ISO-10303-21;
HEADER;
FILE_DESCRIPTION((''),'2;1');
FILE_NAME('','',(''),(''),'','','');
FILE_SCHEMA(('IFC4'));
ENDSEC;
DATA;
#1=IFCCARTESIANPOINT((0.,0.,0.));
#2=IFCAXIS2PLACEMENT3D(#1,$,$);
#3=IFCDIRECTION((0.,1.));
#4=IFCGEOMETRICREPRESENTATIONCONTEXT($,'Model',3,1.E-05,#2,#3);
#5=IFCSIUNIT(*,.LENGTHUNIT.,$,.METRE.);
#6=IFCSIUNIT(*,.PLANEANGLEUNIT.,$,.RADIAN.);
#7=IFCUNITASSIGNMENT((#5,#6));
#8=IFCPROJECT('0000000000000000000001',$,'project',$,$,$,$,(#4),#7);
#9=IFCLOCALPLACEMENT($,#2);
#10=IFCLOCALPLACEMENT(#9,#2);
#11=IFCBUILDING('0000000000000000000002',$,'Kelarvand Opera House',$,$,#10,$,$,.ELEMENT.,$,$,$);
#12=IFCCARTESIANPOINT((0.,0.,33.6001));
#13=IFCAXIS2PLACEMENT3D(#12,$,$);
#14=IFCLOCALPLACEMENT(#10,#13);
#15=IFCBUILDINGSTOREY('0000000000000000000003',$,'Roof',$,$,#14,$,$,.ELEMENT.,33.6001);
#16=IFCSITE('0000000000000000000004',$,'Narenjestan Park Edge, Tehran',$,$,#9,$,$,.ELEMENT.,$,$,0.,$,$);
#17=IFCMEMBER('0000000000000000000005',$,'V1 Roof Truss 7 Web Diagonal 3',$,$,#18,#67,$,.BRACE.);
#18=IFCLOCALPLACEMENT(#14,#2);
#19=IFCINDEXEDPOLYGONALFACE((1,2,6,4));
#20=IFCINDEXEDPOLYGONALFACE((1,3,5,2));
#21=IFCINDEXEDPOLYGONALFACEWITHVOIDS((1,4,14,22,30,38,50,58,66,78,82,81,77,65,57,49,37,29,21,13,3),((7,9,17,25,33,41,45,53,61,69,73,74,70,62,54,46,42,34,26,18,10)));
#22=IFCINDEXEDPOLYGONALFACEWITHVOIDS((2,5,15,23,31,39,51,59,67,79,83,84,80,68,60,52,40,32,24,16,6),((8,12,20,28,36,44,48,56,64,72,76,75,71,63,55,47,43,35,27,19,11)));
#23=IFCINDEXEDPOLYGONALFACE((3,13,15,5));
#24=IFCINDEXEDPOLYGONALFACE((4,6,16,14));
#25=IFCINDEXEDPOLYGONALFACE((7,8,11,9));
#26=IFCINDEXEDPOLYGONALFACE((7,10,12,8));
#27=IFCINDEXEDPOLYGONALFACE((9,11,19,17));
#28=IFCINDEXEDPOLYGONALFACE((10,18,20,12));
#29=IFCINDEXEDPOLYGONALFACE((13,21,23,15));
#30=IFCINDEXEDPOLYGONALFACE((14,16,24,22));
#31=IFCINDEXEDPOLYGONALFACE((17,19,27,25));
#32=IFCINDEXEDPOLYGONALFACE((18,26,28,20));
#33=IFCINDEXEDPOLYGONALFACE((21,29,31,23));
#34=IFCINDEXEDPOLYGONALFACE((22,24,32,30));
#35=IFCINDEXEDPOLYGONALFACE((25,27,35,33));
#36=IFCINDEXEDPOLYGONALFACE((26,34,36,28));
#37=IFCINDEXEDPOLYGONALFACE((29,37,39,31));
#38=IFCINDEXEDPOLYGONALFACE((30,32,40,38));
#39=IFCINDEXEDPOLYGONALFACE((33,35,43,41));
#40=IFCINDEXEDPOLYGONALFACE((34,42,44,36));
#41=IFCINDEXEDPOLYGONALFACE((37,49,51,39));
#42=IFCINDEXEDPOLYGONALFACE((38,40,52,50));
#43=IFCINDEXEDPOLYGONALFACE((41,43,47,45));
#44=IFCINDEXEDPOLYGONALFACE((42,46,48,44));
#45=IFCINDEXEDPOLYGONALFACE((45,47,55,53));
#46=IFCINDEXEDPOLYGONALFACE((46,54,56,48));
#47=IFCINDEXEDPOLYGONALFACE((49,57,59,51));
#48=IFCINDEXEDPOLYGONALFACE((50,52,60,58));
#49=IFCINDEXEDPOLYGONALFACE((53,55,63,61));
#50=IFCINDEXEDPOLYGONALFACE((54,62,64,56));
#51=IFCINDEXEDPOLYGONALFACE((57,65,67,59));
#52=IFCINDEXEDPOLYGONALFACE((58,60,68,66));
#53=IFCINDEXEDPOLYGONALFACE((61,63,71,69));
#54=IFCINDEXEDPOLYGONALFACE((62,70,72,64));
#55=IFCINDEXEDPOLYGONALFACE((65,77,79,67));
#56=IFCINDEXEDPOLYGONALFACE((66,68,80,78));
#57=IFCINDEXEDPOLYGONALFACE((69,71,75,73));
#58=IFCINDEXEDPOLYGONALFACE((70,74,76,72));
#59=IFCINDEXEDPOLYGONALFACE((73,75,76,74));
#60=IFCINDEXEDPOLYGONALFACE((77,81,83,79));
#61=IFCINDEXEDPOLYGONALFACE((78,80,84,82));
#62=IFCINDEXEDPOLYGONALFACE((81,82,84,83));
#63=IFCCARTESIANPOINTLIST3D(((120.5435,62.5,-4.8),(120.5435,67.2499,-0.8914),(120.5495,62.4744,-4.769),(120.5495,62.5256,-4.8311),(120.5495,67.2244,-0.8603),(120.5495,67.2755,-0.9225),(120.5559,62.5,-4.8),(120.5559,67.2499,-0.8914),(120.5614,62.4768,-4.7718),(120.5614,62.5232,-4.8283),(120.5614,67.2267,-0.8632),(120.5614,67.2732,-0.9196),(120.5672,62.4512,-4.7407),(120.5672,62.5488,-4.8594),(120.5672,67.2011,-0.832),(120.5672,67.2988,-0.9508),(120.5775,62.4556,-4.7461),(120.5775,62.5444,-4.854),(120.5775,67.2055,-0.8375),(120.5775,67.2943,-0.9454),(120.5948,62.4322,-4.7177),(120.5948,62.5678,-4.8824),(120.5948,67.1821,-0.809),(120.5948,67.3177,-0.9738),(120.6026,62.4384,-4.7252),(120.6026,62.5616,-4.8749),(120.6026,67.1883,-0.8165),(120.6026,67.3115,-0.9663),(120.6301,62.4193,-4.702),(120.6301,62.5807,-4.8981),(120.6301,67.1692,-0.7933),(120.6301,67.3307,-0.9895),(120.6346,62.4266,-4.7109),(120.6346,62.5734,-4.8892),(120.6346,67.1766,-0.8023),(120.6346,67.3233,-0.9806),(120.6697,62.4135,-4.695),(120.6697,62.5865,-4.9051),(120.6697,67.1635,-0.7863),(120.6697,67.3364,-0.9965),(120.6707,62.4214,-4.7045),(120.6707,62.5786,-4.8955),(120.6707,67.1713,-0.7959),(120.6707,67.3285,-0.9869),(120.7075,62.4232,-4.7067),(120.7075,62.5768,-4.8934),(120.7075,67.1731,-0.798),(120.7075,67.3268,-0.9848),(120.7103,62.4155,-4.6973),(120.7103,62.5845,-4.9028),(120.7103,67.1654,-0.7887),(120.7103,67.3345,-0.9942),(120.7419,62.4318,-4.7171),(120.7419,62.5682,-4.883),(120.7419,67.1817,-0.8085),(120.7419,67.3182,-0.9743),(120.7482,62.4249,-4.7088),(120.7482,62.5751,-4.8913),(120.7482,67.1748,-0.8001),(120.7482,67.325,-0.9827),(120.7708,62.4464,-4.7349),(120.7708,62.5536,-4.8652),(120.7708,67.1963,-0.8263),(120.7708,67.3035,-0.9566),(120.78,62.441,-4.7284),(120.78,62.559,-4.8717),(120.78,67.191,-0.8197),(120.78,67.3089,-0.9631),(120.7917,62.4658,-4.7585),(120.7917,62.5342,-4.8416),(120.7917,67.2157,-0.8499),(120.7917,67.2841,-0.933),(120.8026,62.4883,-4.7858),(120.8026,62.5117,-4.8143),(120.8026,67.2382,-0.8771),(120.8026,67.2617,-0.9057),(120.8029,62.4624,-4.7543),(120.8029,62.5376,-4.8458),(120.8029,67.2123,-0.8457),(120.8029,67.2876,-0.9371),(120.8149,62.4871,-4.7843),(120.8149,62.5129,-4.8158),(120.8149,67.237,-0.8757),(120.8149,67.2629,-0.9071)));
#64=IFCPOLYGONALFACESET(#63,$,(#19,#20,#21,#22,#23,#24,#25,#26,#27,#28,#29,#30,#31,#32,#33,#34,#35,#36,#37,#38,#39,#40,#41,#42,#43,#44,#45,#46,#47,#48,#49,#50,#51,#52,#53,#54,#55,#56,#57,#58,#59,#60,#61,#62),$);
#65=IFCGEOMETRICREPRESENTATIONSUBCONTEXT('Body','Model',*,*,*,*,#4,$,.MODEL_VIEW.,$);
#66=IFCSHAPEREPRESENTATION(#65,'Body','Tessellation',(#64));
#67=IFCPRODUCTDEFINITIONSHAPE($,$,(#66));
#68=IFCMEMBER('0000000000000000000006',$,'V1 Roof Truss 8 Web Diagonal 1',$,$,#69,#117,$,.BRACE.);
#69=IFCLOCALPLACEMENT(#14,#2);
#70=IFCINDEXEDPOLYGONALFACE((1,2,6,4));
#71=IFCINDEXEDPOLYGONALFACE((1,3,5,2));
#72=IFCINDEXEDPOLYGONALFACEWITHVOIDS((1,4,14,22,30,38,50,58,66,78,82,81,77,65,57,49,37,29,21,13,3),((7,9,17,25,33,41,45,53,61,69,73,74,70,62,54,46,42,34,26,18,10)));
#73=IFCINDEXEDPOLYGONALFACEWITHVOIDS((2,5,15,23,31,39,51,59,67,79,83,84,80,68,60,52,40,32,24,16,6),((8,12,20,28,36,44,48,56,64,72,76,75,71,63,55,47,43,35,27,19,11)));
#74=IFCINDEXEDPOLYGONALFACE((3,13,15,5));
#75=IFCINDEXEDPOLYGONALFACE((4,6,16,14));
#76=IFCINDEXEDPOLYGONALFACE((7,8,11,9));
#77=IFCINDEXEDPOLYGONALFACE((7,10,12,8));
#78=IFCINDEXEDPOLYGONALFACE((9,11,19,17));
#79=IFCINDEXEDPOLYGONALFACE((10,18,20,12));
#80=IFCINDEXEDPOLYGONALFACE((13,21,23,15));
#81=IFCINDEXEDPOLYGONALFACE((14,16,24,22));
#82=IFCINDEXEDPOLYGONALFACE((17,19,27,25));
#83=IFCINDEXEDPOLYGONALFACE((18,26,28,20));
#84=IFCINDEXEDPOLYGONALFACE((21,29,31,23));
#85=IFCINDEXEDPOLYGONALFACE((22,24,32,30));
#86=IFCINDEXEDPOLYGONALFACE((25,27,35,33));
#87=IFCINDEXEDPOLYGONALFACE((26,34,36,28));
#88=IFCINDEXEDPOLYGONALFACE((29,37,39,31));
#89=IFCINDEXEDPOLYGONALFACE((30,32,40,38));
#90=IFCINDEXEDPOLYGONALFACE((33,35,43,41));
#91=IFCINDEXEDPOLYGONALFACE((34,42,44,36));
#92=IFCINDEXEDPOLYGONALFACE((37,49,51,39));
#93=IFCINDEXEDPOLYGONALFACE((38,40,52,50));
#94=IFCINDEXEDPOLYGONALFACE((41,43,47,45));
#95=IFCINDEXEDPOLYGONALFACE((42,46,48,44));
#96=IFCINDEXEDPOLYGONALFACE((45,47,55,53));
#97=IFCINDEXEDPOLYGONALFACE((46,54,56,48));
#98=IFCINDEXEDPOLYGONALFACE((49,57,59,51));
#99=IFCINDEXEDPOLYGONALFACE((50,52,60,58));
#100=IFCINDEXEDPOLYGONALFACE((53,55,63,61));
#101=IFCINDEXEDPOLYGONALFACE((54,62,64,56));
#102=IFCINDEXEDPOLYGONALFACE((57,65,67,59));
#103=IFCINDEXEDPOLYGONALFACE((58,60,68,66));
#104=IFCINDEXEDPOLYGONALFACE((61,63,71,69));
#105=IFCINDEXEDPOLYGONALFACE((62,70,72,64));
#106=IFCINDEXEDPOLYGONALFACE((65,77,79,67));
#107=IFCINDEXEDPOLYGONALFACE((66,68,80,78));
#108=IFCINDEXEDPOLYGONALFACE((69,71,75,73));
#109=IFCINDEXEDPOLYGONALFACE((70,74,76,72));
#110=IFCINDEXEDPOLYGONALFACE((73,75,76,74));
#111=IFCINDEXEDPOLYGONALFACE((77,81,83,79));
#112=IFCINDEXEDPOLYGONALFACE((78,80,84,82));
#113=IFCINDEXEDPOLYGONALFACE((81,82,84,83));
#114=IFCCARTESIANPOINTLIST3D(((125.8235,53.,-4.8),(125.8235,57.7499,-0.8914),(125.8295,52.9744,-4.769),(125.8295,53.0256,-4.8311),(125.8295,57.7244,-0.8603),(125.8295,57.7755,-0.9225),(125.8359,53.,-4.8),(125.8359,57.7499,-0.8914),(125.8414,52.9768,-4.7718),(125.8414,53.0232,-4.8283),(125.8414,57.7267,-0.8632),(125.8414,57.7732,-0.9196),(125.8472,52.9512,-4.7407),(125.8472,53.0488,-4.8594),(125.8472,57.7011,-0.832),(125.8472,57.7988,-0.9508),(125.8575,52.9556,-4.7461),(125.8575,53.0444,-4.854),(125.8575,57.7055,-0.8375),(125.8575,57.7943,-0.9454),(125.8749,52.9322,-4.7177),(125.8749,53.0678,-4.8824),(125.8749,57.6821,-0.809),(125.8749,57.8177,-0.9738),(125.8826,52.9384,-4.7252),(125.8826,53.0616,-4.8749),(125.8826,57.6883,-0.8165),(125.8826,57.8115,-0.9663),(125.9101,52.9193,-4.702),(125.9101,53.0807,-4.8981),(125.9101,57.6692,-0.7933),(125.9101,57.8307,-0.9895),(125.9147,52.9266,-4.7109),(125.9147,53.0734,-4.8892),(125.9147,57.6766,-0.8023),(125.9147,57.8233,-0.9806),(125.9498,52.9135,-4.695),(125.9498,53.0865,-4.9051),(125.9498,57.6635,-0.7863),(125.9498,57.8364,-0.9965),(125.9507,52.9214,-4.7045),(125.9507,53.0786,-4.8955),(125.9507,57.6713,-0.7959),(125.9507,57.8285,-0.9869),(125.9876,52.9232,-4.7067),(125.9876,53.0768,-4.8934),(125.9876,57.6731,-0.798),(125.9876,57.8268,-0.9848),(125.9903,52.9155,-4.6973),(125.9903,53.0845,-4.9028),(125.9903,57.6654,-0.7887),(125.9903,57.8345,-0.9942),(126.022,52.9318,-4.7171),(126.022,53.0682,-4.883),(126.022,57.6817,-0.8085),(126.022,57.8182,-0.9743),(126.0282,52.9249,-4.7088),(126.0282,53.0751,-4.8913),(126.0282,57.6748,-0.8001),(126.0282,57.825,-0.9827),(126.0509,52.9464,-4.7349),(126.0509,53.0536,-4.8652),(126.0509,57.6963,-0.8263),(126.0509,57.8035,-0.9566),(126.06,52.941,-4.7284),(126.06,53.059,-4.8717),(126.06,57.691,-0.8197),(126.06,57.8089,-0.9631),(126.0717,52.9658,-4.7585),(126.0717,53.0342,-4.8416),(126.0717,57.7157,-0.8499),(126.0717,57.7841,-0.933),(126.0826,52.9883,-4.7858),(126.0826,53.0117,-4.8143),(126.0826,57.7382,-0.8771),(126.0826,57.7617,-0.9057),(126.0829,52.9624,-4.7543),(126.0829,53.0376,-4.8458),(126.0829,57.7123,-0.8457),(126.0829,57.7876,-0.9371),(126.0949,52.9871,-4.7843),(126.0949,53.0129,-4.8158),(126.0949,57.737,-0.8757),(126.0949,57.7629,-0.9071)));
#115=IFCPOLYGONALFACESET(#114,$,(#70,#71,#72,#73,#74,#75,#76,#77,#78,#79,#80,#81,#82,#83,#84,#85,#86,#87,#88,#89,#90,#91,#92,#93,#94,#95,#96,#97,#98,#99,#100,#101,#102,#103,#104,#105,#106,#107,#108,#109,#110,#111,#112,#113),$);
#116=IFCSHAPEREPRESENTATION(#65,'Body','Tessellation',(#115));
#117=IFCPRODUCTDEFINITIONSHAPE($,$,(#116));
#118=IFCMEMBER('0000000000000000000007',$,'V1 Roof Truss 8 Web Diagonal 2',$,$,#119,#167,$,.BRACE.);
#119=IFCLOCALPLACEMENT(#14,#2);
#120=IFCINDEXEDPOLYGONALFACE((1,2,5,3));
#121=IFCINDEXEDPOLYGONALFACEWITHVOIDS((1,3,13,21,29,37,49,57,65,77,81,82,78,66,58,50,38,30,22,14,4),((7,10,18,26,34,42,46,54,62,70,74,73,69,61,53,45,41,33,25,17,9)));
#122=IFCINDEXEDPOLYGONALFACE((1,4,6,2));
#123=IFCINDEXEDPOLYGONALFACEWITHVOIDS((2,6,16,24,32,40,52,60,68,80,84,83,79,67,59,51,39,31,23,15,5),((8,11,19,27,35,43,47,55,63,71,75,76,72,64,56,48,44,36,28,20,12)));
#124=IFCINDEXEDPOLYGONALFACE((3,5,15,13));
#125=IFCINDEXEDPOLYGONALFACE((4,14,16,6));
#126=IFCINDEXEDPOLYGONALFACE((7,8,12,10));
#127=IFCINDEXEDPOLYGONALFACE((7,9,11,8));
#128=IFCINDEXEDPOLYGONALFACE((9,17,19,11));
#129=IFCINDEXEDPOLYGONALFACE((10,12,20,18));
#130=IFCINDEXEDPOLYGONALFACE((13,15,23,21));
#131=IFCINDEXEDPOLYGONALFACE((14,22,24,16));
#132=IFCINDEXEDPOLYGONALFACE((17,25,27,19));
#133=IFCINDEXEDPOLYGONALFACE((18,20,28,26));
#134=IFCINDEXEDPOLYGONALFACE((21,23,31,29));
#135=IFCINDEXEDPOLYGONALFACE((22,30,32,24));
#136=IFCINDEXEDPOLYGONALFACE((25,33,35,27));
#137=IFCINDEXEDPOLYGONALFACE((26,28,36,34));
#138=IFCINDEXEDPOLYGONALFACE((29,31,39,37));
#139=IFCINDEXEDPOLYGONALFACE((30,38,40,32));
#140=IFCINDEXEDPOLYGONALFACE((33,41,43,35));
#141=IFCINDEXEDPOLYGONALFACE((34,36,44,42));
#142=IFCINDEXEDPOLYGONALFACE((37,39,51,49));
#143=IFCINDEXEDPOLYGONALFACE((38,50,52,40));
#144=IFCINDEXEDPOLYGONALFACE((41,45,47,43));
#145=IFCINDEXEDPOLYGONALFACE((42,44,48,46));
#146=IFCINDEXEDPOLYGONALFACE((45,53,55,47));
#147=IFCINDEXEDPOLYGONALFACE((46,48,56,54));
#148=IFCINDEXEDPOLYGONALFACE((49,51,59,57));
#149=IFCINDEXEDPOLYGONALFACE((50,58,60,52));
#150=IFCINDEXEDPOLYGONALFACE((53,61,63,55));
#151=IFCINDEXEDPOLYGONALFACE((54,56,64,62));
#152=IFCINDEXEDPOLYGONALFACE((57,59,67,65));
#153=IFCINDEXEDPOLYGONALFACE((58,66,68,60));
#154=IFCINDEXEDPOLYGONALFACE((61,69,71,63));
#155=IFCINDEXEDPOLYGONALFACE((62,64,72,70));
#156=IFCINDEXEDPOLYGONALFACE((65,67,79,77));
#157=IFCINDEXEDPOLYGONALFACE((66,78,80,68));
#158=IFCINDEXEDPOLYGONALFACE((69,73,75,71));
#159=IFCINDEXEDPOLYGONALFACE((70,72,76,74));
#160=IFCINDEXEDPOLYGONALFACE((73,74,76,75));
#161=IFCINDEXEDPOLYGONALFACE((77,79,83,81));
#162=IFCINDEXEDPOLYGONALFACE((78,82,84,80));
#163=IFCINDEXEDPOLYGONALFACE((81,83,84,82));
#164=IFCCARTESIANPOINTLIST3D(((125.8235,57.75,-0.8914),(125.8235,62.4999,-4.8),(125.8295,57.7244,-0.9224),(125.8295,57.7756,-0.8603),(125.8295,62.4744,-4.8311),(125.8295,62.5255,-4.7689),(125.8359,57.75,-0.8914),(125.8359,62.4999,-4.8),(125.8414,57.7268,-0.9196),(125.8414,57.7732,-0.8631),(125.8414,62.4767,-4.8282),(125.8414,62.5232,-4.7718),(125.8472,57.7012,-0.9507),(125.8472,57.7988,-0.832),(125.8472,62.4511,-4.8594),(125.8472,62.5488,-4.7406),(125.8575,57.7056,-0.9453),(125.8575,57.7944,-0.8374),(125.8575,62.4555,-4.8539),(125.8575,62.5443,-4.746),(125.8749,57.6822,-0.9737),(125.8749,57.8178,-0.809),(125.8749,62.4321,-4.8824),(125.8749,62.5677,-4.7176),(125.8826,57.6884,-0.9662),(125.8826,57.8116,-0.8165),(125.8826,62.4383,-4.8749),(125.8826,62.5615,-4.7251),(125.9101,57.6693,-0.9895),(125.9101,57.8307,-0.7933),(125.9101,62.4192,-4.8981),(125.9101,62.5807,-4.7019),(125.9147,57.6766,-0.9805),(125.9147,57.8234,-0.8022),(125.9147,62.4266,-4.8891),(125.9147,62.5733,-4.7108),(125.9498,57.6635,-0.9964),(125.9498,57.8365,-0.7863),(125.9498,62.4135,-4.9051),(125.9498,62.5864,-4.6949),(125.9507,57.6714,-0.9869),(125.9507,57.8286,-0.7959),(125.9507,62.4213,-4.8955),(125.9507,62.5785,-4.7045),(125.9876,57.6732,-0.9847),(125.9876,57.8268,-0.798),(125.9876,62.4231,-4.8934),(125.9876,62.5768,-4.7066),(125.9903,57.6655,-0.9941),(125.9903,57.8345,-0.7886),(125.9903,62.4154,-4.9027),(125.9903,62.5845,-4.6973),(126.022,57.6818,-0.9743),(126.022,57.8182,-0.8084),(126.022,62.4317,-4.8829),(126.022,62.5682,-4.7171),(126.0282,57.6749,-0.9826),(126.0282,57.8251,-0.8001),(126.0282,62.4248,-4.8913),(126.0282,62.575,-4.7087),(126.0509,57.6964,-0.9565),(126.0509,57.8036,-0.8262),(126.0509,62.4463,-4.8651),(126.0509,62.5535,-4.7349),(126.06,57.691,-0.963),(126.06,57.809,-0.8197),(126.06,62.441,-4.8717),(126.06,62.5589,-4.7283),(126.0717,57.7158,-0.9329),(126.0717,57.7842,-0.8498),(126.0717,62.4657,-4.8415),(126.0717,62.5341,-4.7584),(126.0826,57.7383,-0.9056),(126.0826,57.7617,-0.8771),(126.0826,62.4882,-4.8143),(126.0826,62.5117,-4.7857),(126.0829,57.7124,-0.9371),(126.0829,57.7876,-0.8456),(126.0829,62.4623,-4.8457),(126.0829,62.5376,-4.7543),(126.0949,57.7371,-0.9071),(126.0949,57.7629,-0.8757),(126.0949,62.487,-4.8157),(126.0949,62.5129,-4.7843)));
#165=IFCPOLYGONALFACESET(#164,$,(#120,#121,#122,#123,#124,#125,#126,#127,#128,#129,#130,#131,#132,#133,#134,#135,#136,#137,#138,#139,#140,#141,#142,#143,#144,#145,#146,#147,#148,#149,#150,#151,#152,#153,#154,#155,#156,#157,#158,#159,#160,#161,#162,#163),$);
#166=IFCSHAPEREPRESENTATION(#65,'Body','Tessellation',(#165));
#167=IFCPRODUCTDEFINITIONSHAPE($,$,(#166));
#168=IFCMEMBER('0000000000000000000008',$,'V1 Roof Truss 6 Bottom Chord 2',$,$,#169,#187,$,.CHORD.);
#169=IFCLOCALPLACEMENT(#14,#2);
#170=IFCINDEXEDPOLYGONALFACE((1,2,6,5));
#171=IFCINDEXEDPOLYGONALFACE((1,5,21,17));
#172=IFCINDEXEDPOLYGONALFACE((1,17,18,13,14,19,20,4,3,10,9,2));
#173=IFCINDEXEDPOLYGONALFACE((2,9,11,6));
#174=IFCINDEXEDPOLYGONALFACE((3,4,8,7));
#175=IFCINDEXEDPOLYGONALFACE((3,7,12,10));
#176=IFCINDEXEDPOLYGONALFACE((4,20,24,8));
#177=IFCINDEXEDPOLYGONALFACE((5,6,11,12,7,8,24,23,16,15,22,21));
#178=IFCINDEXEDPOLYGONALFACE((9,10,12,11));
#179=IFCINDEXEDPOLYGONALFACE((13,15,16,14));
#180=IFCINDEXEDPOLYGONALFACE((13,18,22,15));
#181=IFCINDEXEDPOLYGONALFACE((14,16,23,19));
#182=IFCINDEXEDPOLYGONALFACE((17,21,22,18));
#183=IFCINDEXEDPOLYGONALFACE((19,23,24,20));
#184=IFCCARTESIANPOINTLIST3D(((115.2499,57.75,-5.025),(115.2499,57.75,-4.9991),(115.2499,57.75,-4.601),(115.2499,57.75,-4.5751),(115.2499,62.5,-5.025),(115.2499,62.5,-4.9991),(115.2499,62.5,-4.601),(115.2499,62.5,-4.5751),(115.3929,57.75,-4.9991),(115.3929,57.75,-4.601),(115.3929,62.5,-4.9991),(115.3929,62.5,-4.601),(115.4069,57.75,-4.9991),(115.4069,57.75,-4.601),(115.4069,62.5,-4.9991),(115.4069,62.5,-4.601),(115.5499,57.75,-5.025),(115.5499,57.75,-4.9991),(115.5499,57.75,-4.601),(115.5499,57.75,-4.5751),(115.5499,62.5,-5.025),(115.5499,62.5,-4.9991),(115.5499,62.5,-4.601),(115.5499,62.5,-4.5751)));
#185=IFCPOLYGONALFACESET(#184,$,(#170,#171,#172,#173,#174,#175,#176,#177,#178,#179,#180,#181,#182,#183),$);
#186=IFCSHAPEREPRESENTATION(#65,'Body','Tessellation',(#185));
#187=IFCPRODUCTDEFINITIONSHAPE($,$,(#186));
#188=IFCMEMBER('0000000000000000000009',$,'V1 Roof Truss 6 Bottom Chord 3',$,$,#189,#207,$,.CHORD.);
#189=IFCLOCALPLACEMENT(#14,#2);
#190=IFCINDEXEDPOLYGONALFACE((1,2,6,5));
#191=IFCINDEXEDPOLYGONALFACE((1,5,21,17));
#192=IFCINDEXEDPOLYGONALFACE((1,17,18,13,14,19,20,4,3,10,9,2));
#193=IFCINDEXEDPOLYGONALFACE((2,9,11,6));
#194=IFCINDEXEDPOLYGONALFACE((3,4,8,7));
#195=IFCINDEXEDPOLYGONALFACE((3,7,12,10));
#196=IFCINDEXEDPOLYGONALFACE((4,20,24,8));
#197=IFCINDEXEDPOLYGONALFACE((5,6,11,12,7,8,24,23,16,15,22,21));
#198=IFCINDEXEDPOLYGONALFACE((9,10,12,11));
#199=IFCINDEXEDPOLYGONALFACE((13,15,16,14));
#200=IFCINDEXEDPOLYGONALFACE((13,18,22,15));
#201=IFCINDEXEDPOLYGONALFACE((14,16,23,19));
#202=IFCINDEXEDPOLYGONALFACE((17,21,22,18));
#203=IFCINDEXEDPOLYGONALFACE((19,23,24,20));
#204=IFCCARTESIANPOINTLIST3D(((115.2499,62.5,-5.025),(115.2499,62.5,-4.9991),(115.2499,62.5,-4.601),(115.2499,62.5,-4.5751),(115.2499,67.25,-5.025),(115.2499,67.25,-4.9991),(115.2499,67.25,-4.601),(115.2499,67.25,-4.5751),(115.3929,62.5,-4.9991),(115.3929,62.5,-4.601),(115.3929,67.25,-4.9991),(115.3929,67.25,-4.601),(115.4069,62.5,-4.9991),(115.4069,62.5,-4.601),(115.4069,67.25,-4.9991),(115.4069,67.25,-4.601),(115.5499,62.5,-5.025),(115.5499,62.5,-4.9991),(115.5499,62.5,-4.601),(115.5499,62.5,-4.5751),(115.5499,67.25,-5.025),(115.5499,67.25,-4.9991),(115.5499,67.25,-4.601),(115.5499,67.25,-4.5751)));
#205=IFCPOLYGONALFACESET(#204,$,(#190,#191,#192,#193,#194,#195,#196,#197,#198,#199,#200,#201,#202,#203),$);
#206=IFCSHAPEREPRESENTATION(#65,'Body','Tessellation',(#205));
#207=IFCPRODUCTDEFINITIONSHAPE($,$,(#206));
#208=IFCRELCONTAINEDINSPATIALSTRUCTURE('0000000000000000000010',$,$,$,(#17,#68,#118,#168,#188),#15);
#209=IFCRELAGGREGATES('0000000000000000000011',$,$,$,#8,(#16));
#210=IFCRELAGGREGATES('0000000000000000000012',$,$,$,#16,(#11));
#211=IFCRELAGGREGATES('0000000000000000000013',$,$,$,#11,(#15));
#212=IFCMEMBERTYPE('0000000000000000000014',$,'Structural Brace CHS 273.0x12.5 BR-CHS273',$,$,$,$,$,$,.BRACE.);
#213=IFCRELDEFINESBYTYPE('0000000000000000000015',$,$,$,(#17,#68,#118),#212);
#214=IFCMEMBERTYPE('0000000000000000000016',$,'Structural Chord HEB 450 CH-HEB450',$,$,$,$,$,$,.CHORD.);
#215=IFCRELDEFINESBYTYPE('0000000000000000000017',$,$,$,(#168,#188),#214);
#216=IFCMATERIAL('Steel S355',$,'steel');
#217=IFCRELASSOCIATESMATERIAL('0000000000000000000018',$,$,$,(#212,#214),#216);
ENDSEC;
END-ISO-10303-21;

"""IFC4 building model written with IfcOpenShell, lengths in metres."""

from ifc_helpers import new_model, si_unit, direction, frame, origin, origin_2d, place, context, subcontext, project, spatial, hollow_circle, i_section, extrude, material, material_profile, profile_set, type_object, element, save


model = new_model("IFC4")

# Units and contexts
model_context = context("Model", 3, precision=1e-05, world=origin(), true_north=direction((0.0, 1.0)))
body_context = subcontext(model_context, "Body", "Model", "MODEL_VIEW")
ifc_project = project(units=[si_unit("LENGTHUNIT", "METRE"), si_unit("PLANEANGLEUNIT", "RADIAN")], contexts=[model_context])

# Site, building, storey
site_placement = place(None, origin())
site = spatial("IfcSite", under=ifc_project, at=site_placement, Name="Narenjestan Park Edge, Tehran", CompositionType="ELEMENT", RefElevation=0.0)
building_placement = place(site_placement, origin())
building = spatial("IfcBuilding", under=site, at=building_placement, Name="Kelarvand Opera House", CompositionType="ELEMENT")
storey_placement = place(building_placement, frame((0.0, 0.0, 33.6001)))
storey = spatial("IfcBuildingStorey", under=building, at=storey_placement, Name="Roof", CompositionType="ELEMENT", Elevation=33.6001)

# Members
ifc_material = material(Name="Steel S355", Category="steel")
ifc_material_profile_1 = material_profile(ifc_material, hollow_circle(Radius=0.1365, WallThickness=0.0125, at=origin_2d()), Name="CHS 273.0x12.5", Category="steel")
ifc_profile_set_1 = profile_set([ifc_material_profile_1], Name="Steel S355")
member_type_1 = type_object("IfcMemberType", Name="Structural Brace CHS 273.0x12.5 BR-CHS273", PredefinedType="BRACE", material=ifc_profile_set_1)
for number, where, z_axis, x_axis, name in (
    (1, (120.6799, 62.5, -4.8), (0.0, 0.772175, 0.63541), (-1.0, 0.0, 0.0), "V1 Roof Truss 7 Web Diagonal 3"),
    (2, (125.96, 53.0, -4.8), (0.0, 0.772175, 0.63541), (-1.0, 0.0, 0.0), "V1 Roof Truss 8 Web Diagonal 1"),
    (3, (125.96, 57.75, -0.8914), (0.0, 0.772175, -0.63541), (-1.0, 0.0, 0.0), "V1 Roof Truss 8 Web Diagonal 2"),
):
    element("IfcMember", number, at=place(storey_placement, frame(where, z_axis=z_axis, x_axis=x_axis)), inside=storey, type_object=member_type_1, Name=name, PredefinedType="BRACE", context=body_context, shape_type="SweptSolid", body=[
        extrude(hollow_circle(Radius=0.1365, WallThickness=0.0125, at=origin_2d()), origin(), (0.0, 0.0, 1.0), 6.1514),
    ])
ifc_material_profile_2 = material_profile(ifc_material, i_section(OverallWidth=0.3, OverallDepth=0.45, WebThickness=0.0139, FlangeThickness=0.0259, at=origin_2d()), Name="HEB 450", Category="steel")
ifc_profile_set_2 = profile_set([ifc_material_profile_2], Name="Steel S355")
member_type_2 = type_object("IfcMemberType", Name="Structural Chord HEB 450 CH-HEB450", PredefinedType="CHORD", material=ifc_profile_set_2)
for number, where, z_axis, x_axis, name in (
    (4, (115.3999, 57.75, -4.8), (0.0, 1.0, 0.0), (-1.0, 0.0, 0.0), "V1 Roof Truss 6 Bottom Chord 2"),
    (5, (115.3999, 62.5, -4.8), (0.0, 1.0, 0.0), (-1.0, 0.0, 0.0), "V1 Roof Truss 6 Bottom Chord 3"),
):
    element("IfcMember", number, at=place(storey_placement, frame(where, z_axis=z_axis, x_axis=x_axis)), inside=storey, type_object=member_type_2, Name=name, PredefinedType="CHORD", context=body_context, shape_type="SweptSolid", body=[
        extrude(i_section(OverallWidth=0.3, OverallDepth=0.45, WebThickness=0.0139, FlangeThickness=0.0259, at=origin_2d()), origin(), (0.0, 0.0, 1.0), 4.75),
    ])

save(model, "model.ifc")
